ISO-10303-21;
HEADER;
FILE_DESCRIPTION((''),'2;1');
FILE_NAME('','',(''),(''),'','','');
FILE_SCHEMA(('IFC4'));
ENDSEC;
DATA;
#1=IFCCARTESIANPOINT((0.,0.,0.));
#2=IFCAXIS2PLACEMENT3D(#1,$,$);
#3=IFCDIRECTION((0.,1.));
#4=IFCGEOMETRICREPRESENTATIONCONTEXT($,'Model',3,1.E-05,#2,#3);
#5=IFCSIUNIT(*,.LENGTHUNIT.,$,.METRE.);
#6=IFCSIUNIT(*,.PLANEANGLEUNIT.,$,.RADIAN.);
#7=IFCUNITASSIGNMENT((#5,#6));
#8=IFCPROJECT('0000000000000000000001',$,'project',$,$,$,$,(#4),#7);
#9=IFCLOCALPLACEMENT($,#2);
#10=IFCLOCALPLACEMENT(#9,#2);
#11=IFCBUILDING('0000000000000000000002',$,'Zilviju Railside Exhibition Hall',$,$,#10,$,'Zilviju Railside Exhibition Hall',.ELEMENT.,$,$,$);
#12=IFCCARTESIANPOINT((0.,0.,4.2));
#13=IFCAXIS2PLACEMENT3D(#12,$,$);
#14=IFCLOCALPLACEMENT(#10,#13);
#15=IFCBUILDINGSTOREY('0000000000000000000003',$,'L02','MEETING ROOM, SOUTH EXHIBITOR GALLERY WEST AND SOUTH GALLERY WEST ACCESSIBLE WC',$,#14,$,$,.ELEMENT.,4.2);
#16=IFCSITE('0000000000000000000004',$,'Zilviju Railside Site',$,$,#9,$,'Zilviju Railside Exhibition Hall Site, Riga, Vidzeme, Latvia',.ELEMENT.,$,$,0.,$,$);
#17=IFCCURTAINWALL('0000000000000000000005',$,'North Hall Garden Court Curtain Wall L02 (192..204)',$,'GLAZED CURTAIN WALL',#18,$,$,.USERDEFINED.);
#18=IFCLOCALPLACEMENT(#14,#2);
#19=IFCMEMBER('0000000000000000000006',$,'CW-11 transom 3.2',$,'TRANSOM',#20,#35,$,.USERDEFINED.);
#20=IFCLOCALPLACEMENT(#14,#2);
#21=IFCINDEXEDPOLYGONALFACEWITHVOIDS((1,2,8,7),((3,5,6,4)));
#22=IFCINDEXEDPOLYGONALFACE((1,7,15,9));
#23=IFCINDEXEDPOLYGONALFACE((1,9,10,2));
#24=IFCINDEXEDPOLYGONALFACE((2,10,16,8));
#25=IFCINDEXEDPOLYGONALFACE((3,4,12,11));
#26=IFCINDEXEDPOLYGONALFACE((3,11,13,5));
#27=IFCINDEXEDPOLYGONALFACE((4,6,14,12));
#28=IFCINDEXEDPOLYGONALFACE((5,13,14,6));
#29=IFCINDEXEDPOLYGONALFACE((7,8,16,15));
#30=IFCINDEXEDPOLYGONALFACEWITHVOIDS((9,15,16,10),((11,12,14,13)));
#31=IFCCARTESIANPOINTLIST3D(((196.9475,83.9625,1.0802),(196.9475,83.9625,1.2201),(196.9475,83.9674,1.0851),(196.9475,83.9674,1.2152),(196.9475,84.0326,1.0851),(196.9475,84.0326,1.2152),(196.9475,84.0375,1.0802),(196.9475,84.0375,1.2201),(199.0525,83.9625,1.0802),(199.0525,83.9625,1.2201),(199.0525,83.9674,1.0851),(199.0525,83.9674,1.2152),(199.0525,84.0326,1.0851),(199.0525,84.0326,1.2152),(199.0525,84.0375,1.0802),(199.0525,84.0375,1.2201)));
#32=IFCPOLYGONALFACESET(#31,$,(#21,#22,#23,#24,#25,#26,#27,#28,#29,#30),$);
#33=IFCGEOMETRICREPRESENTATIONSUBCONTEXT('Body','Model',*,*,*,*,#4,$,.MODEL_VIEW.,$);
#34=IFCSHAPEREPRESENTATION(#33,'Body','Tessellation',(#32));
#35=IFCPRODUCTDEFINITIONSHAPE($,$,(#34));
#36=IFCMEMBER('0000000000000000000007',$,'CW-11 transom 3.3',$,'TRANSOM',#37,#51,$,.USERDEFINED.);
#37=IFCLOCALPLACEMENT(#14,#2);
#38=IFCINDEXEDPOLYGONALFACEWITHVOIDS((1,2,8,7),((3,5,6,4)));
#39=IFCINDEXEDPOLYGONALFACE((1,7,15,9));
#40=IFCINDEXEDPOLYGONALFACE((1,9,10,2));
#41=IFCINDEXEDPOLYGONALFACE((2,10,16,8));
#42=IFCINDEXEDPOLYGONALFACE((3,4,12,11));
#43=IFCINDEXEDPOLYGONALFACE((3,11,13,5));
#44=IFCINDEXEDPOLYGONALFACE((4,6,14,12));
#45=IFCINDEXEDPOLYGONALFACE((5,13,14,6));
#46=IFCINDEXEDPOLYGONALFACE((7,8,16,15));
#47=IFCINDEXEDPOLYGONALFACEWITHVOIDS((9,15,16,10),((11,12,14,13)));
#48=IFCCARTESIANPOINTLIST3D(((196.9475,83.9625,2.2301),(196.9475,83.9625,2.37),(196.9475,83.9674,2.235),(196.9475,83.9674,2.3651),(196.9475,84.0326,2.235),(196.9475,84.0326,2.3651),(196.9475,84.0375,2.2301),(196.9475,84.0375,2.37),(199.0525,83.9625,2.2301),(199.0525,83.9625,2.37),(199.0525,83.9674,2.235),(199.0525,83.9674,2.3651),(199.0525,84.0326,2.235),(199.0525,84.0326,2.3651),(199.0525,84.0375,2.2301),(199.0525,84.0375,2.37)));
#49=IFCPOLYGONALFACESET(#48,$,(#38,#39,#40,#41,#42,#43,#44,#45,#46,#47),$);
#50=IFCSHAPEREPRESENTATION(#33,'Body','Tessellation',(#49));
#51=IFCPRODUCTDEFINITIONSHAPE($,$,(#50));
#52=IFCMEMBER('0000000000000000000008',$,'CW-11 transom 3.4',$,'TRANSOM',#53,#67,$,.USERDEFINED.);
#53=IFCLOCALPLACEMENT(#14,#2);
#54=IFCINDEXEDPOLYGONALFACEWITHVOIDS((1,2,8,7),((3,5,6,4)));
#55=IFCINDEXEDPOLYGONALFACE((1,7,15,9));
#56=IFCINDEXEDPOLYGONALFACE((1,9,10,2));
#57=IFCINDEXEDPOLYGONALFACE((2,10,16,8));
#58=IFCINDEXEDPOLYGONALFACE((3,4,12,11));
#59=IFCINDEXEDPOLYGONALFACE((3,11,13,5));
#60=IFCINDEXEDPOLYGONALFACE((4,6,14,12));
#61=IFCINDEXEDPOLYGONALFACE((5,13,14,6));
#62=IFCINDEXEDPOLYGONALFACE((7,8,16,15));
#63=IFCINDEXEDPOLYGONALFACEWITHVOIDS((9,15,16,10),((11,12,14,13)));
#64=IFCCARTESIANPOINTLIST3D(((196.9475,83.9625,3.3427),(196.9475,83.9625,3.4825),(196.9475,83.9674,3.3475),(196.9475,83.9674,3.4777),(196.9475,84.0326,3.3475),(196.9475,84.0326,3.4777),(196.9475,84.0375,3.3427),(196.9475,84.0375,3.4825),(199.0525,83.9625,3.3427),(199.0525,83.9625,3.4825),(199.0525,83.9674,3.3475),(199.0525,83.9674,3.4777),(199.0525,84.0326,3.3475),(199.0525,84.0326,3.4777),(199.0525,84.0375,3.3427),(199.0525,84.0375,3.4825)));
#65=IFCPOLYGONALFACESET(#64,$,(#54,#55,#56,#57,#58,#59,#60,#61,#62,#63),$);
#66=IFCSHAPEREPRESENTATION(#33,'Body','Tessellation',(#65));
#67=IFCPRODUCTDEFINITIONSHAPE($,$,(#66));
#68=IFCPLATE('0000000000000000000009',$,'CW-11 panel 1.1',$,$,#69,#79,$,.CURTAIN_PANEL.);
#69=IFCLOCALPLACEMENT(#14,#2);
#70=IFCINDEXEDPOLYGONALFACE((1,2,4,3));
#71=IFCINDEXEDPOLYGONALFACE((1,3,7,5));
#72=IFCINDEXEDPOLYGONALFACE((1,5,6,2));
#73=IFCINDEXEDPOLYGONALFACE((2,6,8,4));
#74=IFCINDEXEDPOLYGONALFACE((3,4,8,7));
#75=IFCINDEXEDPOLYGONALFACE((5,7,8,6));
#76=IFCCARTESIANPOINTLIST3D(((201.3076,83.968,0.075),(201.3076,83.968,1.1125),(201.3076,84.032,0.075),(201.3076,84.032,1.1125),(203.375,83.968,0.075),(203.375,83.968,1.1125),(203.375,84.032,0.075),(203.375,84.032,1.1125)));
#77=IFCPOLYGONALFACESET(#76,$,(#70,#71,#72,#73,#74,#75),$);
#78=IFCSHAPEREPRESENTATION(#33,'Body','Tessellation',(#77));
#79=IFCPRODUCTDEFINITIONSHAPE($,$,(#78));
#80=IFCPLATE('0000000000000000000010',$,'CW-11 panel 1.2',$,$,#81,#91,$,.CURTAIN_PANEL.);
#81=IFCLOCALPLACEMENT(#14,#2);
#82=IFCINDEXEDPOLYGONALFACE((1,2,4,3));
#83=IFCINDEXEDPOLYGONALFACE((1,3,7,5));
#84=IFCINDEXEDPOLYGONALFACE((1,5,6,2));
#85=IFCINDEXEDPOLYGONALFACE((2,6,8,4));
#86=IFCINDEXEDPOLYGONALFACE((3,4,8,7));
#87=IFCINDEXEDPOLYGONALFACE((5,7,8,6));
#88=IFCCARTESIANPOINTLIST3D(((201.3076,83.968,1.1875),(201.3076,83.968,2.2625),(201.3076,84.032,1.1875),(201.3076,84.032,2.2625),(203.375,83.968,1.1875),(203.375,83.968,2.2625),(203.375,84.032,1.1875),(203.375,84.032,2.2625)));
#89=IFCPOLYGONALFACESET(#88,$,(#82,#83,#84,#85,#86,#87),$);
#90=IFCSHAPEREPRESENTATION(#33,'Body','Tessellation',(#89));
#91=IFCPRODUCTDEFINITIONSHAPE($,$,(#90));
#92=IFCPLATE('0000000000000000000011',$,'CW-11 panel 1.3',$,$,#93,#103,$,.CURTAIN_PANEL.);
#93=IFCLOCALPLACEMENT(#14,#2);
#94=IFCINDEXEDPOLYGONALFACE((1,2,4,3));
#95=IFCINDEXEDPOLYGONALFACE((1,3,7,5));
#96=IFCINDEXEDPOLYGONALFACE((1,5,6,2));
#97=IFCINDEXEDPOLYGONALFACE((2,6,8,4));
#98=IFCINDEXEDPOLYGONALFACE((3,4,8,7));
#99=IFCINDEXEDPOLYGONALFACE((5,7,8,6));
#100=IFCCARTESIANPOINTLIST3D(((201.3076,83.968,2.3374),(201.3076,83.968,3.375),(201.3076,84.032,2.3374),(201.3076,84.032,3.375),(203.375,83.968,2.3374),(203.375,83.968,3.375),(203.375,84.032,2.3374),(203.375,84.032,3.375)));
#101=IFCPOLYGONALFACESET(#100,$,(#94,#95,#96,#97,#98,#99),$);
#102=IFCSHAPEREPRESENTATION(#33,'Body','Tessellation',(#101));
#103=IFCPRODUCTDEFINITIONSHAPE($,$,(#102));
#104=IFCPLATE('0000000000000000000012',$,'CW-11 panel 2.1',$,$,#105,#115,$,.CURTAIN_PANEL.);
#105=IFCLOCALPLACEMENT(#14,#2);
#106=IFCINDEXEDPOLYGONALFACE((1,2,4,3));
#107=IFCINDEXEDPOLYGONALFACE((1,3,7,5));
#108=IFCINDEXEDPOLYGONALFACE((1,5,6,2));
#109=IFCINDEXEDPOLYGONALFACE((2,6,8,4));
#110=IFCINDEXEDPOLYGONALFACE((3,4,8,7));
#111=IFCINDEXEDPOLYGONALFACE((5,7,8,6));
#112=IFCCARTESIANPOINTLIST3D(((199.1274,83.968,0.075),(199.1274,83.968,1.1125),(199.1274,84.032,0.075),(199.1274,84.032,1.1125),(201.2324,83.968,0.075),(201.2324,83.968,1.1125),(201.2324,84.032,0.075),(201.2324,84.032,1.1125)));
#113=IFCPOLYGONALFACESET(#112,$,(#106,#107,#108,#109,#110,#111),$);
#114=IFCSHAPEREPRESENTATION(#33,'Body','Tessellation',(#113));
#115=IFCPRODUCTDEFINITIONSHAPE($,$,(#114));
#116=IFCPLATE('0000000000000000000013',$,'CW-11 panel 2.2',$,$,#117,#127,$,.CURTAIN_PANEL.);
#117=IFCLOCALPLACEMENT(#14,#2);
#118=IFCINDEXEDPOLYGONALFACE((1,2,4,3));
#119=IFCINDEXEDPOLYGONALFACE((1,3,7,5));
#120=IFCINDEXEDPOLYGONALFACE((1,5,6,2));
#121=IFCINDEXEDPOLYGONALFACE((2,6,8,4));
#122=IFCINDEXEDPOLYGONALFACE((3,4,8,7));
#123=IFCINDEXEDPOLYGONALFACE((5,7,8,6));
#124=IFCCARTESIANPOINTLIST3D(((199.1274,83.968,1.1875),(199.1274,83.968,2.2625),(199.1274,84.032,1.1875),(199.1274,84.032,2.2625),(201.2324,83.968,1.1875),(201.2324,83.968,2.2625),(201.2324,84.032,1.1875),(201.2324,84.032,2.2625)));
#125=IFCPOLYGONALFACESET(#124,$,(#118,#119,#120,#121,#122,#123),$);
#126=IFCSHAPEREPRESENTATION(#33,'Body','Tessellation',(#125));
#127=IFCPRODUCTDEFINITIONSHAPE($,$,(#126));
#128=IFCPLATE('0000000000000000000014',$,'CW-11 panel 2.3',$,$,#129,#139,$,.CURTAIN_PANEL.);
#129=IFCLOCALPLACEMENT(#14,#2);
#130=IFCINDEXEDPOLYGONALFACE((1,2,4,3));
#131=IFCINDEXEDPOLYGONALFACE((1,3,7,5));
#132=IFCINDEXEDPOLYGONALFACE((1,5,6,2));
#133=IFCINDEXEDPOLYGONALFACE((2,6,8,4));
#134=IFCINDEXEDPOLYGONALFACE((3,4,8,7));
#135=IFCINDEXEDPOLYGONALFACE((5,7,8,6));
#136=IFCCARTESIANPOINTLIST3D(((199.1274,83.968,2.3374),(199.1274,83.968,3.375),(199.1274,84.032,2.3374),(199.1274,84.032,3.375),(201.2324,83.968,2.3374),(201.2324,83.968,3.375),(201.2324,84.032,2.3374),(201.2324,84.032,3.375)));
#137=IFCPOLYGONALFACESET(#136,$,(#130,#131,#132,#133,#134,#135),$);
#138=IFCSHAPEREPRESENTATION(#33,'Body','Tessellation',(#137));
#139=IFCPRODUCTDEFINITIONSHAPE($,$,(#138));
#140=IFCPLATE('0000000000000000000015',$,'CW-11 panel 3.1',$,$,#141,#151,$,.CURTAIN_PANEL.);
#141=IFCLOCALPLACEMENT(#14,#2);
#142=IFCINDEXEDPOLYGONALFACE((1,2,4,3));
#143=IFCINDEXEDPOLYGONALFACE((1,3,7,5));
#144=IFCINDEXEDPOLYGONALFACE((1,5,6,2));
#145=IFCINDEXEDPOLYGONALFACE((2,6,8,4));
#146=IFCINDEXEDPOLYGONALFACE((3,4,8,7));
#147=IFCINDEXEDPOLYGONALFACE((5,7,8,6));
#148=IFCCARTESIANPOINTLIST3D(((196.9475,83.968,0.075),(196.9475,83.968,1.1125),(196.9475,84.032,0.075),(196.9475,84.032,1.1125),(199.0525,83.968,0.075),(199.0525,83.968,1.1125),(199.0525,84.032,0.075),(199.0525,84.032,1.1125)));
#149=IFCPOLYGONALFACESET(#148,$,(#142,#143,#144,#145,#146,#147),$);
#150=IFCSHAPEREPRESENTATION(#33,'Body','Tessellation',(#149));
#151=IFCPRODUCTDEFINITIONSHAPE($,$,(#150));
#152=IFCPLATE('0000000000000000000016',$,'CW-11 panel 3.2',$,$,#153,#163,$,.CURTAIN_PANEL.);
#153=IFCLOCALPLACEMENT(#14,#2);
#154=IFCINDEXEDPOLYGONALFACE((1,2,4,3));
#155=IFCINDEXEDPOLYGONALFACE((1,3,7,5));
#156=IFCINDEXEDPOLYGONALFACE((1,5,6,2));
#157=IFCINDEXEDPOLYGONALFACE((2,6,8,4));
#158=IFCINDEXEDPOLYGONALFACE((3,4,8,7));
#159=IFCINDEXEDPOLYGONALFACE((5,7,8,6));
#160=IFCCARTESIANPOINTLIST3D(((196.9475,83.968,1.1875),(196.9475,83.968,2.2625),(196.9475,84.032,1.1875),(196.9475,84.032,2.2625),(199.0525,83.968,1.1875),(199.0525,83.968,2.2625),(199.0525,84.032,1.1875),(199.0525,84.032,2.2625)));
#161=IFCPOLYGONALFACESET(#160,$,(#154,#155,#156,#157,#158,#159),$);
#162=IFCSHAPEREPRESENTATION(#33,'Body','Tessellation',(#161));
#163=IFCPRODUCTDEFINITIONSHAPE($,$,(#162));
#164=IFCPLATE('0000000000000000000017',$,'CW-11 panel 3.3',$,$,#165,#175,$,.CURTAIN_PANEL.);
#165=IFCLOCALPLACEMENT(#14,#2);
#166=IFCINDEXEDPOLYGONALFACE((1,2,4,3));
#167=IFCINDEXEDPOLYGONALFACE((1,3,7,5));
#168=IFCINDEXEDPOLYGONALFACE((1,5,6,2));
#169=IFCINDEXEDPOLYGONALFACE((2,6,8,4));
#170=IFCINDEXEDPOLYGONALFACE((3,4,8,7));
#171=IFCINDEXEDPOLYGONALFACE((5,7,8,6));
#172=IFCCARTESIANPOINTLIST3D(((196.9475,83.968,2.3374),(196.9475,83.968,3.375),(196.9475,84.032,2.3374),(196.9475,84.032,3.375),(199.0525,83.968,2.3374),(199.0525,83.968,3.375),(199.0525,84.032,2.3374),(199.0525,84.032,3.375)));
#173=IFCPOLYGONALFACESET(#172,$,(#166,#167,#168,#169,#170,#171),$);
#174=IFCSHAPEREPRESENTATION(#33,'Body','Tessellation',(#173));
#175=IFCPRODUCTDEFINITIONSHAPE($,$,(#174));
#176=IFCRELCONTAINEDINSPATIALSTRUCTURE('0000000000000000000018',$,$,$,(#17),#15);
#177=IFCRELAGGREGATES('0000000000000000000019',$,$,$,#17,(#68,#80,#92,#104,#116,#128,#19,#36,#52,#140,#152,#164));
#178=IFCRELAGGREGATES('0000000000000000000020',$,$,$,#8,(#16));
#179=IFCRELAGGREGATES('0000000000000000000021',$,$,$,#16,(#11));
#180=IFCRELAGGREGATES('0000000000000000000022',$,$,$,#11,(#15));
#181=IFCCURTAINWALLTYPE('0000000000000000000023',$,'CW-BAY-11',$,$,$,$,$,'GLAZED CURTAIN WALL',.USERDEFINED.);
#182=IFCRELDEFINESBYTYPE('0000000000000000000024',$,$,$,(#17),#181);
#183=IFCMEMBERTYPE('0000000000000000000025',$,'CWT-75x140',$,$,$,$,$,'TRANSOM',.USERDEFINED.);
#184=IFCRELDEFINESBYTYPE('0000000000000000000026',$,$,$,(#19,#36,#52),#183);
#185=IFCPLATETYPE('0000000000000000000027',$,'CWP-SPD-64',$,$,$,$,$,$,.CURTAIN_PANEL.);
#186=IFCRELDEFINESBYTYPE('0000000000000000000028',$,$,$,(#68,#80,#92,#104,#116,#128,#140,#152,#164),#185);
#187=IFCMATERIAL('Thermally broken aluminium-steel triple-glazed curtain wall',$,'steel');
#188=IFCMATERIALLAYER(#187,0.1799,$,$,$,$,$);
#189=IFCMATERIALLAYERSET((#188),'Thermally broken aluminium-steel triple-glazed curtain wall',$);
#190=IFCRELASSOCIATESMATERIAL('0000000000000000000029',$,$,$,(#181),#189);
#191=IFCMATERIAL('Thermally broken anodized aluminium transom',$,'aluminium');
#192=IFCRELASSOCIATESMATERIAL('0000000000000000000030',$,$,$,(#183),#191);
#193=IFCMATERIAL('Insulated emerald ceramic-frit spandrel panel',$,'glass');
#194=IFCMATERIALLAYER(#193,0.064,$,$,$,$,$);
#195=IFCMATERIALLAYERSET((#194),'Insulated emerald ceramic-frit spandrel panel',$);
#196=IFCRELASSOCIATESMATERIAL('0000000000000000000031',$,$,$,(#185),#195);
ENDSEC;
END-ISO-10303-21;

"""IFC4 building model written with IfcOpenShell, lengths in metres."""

from ifc_helpers import new_model, si_unit, direction, frame, origin, origin_2d, place, context, subcontext, project, spatial, rectangle, hollow_rectangle, extrude, material, layer, layer_set, material_profile, profile_set, type_object, element, aggregate, save


model = new_model("IFC4")

# Units and contexts
model_context = context("Model", 3, precision=1e-05, world=origin(), true_north=direction((0.0, 1.0)))
body_context = subcontext(model_context, "Body", "Model", "MODEL_VIEW")
ifc_project = project(units=[si_unit("LENGTHUNIT", "METRE"), si_unit("PLANEANGLEUNIT", "RADIAN")], contexts=[model_context])

# Site, building, storey
site_placement = place(None, origin())
site = spatial("IfcSite", under=ifc_project, at=site_placement, Name="Zilviju Railside Site", LongName="Zilviju Railside Exhibition Hall Site, Riga, Vidzeme, Latvia", CompositionType="ELEMENT", RefElevation=0.0)
building_placement = place(site_placement, origin())
building = spatial("IfcBuilding", under=site, at=building_placement, Name="Zilviju Railside Exhibition Hall", LongName="Zilviju Railside Exhibition Hall", CompositionType="ELEMENT")
storey_placement = place(building_placement, frame((0.0, 0.0, 4.2)))
storey = spatial("IfcBuildingStorey", under=building, at=storey_placement, Name="L02", Description="MEETING ROOM, SOUTH EXHIBITOR GALLERY WEST AND SOUTH GALLERY WEST ACCESSIBLE WC", CompositionType="ELEMENT", Elevation=4.2)

# Curtain wall, members, plates
ifc_material_1 = material(Name="Thermally broken aluminium-steel triple-glazed curtain wall", Category="steel")
ifc_layer_1 = layer(ifc_material_1, 0.1799)
ifc_layer_set_1 = layer_set([ifc_layer_1], Name="Thermally broken aluminium-steel triple-glazed curtain wall")
curtain_wall_type = type_object("IfcCurtainWallType", Name="CW-BAY-11", ElementType="GLAZED CURTAIN WALL", PredefinedType="USERDEFINED", material=ifc_layer_set_1)
curtain_wall_placement = place(storey_placement, origin())
curtain_wall = element("IfcCurtainWall", 1, at=curtain_wall_placement, inside=storey, type_object=curtain_wall_type, Name="North Hall Garden Court Curtain Wall L02 (192..204)", ObjectType="GLAZED CURTAIN WALL", PredefinedType="USERDEFINED")
ifc_material_2 = material(Name="Thermally broken anodized aluminium transom", Category="aluminium")
ifc_material_profile_1 = material_profile(ifc_material_2, hollow_rectangle(XDim=0.075, YDim=0.1399, WallThickness=0.0049, at=origin_2d()), Name="TRANSOM 140x75x5")
ifc_profile_set_1 = profile_set([ifc_material_profile_1], Name="Thermally broken anodized aluminium transom")
member_type_1 = type_object("IfcMemberType", Name="CWT-75x140", ElementType="TRANSOM", PredefinedType="USERDEFINED", material=ifc_profile_set_1)
member_1_placement = place(storey_placement, frame((199.0525, 84.0, 1.1501), z_axis=(-1.0, 0.0, 0.0), x_axis=(0.0, -1.0, 0.0)))
member_1 = element("IfcMember", 2, at=member_1_placement, type_object=member_type_1, Name="CW-11 transom 3.2", ObjectType="TRANSOM", PredefinedType="USERDEFINED", context=body_context, shape_type="SweptSolid", body=[
    extrude(hollow_rectangle(XDim=0.075, YDim=0.1399, WallThickness=0.0049, at=origin_2d()), origin(), (0.0, 0.0, 1.0), 2.105),
])
member_2_placement = place(storey_placement, frame((199.0525, 84.0, 2.3), z_axis=(-1.0, 0.0, 0.0), x_axis=(0.0, -1.0, 0.0)))
member_2 = element("IfcMember", 3, at=member_2_placement, type_object=member_type_1, Name="CW-11 transom 3.3", ObjectType="TRANSOM", PredefinedType="USERDEFINED", context=body_context, shape_type="SweptSolid", body=[
    extrude(hollow_rectangle(XDim=0.075, YDim=0.1399, WallThickness=0.0049, at=origin_2d()), origin(), (0.0, 0.0, 1.0), 2.105),
])
member_3_placement = place(storey_placement, frame((199.0525, 84.0, 3.4126), z_axis=(-1.0, 0.0, 0.0), x_axis=(0.0, -1.0, 0.0)))
member_3 = element("IfcMember", 4, at=member_3_placement, type_object=member_type_1, Name="CW-11 transom 3.4", ObjectType="TRANSOM", PredefinedType="USERDEFINED", context=body_context, shape_type="SweptSolid", body=[
    extrude(hollow_rectangle(XDim=0.075, YDim=0.1399, WallThickness=0.0049, at=origin_2d()), origin(), (0.0, 0.0, 1.0), 2.105),
])
ifc_material_3 = material(Name="Insulated emerald ceramic-frit spandrel panel", Category="glass")
ifc_layer_2 = layer(ifc_material_3, 0.064)
ifc_layer_set_2 = layer_set([ifc_layer_2], Name="Insulated emerald ceramic-frit spandrel panel")
plate_type = type_object("IfcPlateType", Name="CWP-SPD-64", PredefinedType="CURTAIN_PANEL", material=ifc_layer_set_2)
plate_1_placement = place(storey_placement, frame((202.3413, 84.0, 0.075), z_axis=(0.0, 0.0, 1.0), x_axis=(-1.0, 0.0, 0.0)))
plate_1 = element("IfcPlate", 5, at=plate_1_placement, type_object=plate_type, Name="CW-11 panel 1.1", PredefinedType="CURTAIN_PANEL", context=body_context, shape_type="SweptSolid", body=[
    extrude(rectangle(XDim=2.0674, YDim=0.064, at=origin_2d()), origin(), (0.0, 0.0, 1.0), 1.0376),
])
plate_2_placement = place(storey_placement, frame((202.3413, 84.0, 1.1875), z_axis=(0.0, 0.0, 1.0), x_axis=(-1.0, 0.0, 0.0)))
plate_2 = element("IfcPlate", 6, at=plate_2_placement, type_object=plate_type, Name="CW-11 panel 1.2", PredefinedType="CURTAIN_PANEL", context=body_context, shape_type="SweptSolid", body=[
    extrude(rectangle(XDim=2.0674, YDim=0.064, at=origin_2d()), origin(), (0.0, 0.0, 1.0), 1.075),
])
plate_3_placement = place(storey_placement, frame((202.3413, 84.0, 2.3374), z_axis=(0.0, 0.0, 1.0), x_axis=(-1.0, 0.0, 0.0)))
plate_3 = element("IfcPlate", 7, at=plate_3_placement, type_object=plate_type, Name="CW-11 panel 1.3", PredefinedType="CURTAIN_PANEL", context=body_context, shape_type="SweptSolid", body=[
    extrude(rectangle(XDim=2.0674, YDim=0.064, at=origin_2d()), origin(), (0.0, 0.0, 1.0), 1.0376),
])
plate_4_placement = place(storey_placement, frame((200.1799, 84.0, 0.075), z_axis=(0.0, 0.0, 1.0), x_axis=(-1.0, 0.0, 0.0)))
plate_4 = element("IfcPlate", 8, at=plate_4_placement, type_object=plate_type, Name="CW-11 panel 2.1", PredefinedType="CURTAIN_PANEL", context=body_context, shape_type="SweptSolid", body=[
    extrude(rectangle(XDim=2.105, YDim=0.064, at=origin_2d()), origin(), (0.0, 0.0, 1.0), 1.0376),
])
plate_5_placement = place(storey_placement, frame((200.1799, 84.0, 1.1875), z_axis=(0.0, 0.0, 1.0), x_axis=(-1.0, 0.0, 0.0)))
plate_5 = element("IfcPlate", 9, at=plate_5_placement, type_object=plate_type, Name="CW-11 panel 2.2", PredefinedType="CURTAIN_PANEL", context=body_context, shape_type="SweptSolid", body=[
    extrude(rectangle(XDim=2.105, YDim=0.064, at=origin_2d()), origin(), (0.0, 0.0, 1.0), 1.075),
])
plate_6_placement = place(storey_placement, frame((200.1799, 84.0, 2.3374), z_axis=(0.0, 0.0, 1.0), x_axis=(-1.0, 0.0, 0.0)))
plate_6 = element("IfcPlate", 10, at=plate_6_placement, type_object=plate_type, Name="CW-11 panel 2.3", PredefinedType="CURTAIN_PANEL", context=body_context, shape_type="SweptSolid", body=[
    extrude(rectangle(XDim=2.105, YDim=0.064, at=origin_2d()), origin(), (0.0, 0.0, 1.0), 1.0376),
])
plate_7_placement = place(storey_placement, frame((198.0, 84.0, 0.075), z_axis=(0.0, 0.0, 1.0), x_axis=(-1.0, 0.0, 0.0)))
plate_7 = element("IfcPlate", 11, at=plate_7_placement, type_object=plate_type, Name="CW-11 panel 3.1", PredefinedType="CURTAIN_PANEL", context=body_context, shape_type="SweptSolid", body=[
    extrude(rectangle(XDim=2.105, YDim=0.064, at=origin_2d()), origin(), (0.0, 0.0, 1.0), 1.0376),
])
plate_8_placement = place(storey_placement, frame((198.0, 84.0, 1.1875), z_axis=(0.0, 0.0, 1.0), x_axis=(-1.0, 0.0, 0.0)))
plate_8 = element("IfcPlate", 12, at=plate_8_placement, type_object=plate_type, Name="CW-11 panel 3.2", PredefinedType="CURTAIN_PANEL", context=body_context, shape_type="SweptSolid", body=[
    extrude(rectangle(XDim=2.105, YDim=0.064, at=origin_2d()), origin(), (0.0, 0.0, 1.0), 1.075),
])
plate_9_placement = place(storey_placement, frame((198.0, 84.0, 2.3374), z_axis=(0.0, 0.0, 1.0), x_axis=(-1.0, 0.0, 0.0)))
plate_9 = element("IfcPlate", 13, at=plate_9_placement, type_object=plate_type, Name="CW-11 panel 3.3", PredefinedType="CURTAIN_PANEL", context=body_context, shape_type="SweptSolid", body=[
    extrude(rectangle(XDim=2.105, YDim=0.064, at=origin_2d()), origin(), (0.0, 0.0, 1.0), 1.0376),
])
aggregate(curtain_wall, [plate_1, plate_2, plate_3, plate_4, plate_5, plate_6, member_1, member_2, member_3, plate_7, plate_8, plate_9])

save(model, "model.ifc")
